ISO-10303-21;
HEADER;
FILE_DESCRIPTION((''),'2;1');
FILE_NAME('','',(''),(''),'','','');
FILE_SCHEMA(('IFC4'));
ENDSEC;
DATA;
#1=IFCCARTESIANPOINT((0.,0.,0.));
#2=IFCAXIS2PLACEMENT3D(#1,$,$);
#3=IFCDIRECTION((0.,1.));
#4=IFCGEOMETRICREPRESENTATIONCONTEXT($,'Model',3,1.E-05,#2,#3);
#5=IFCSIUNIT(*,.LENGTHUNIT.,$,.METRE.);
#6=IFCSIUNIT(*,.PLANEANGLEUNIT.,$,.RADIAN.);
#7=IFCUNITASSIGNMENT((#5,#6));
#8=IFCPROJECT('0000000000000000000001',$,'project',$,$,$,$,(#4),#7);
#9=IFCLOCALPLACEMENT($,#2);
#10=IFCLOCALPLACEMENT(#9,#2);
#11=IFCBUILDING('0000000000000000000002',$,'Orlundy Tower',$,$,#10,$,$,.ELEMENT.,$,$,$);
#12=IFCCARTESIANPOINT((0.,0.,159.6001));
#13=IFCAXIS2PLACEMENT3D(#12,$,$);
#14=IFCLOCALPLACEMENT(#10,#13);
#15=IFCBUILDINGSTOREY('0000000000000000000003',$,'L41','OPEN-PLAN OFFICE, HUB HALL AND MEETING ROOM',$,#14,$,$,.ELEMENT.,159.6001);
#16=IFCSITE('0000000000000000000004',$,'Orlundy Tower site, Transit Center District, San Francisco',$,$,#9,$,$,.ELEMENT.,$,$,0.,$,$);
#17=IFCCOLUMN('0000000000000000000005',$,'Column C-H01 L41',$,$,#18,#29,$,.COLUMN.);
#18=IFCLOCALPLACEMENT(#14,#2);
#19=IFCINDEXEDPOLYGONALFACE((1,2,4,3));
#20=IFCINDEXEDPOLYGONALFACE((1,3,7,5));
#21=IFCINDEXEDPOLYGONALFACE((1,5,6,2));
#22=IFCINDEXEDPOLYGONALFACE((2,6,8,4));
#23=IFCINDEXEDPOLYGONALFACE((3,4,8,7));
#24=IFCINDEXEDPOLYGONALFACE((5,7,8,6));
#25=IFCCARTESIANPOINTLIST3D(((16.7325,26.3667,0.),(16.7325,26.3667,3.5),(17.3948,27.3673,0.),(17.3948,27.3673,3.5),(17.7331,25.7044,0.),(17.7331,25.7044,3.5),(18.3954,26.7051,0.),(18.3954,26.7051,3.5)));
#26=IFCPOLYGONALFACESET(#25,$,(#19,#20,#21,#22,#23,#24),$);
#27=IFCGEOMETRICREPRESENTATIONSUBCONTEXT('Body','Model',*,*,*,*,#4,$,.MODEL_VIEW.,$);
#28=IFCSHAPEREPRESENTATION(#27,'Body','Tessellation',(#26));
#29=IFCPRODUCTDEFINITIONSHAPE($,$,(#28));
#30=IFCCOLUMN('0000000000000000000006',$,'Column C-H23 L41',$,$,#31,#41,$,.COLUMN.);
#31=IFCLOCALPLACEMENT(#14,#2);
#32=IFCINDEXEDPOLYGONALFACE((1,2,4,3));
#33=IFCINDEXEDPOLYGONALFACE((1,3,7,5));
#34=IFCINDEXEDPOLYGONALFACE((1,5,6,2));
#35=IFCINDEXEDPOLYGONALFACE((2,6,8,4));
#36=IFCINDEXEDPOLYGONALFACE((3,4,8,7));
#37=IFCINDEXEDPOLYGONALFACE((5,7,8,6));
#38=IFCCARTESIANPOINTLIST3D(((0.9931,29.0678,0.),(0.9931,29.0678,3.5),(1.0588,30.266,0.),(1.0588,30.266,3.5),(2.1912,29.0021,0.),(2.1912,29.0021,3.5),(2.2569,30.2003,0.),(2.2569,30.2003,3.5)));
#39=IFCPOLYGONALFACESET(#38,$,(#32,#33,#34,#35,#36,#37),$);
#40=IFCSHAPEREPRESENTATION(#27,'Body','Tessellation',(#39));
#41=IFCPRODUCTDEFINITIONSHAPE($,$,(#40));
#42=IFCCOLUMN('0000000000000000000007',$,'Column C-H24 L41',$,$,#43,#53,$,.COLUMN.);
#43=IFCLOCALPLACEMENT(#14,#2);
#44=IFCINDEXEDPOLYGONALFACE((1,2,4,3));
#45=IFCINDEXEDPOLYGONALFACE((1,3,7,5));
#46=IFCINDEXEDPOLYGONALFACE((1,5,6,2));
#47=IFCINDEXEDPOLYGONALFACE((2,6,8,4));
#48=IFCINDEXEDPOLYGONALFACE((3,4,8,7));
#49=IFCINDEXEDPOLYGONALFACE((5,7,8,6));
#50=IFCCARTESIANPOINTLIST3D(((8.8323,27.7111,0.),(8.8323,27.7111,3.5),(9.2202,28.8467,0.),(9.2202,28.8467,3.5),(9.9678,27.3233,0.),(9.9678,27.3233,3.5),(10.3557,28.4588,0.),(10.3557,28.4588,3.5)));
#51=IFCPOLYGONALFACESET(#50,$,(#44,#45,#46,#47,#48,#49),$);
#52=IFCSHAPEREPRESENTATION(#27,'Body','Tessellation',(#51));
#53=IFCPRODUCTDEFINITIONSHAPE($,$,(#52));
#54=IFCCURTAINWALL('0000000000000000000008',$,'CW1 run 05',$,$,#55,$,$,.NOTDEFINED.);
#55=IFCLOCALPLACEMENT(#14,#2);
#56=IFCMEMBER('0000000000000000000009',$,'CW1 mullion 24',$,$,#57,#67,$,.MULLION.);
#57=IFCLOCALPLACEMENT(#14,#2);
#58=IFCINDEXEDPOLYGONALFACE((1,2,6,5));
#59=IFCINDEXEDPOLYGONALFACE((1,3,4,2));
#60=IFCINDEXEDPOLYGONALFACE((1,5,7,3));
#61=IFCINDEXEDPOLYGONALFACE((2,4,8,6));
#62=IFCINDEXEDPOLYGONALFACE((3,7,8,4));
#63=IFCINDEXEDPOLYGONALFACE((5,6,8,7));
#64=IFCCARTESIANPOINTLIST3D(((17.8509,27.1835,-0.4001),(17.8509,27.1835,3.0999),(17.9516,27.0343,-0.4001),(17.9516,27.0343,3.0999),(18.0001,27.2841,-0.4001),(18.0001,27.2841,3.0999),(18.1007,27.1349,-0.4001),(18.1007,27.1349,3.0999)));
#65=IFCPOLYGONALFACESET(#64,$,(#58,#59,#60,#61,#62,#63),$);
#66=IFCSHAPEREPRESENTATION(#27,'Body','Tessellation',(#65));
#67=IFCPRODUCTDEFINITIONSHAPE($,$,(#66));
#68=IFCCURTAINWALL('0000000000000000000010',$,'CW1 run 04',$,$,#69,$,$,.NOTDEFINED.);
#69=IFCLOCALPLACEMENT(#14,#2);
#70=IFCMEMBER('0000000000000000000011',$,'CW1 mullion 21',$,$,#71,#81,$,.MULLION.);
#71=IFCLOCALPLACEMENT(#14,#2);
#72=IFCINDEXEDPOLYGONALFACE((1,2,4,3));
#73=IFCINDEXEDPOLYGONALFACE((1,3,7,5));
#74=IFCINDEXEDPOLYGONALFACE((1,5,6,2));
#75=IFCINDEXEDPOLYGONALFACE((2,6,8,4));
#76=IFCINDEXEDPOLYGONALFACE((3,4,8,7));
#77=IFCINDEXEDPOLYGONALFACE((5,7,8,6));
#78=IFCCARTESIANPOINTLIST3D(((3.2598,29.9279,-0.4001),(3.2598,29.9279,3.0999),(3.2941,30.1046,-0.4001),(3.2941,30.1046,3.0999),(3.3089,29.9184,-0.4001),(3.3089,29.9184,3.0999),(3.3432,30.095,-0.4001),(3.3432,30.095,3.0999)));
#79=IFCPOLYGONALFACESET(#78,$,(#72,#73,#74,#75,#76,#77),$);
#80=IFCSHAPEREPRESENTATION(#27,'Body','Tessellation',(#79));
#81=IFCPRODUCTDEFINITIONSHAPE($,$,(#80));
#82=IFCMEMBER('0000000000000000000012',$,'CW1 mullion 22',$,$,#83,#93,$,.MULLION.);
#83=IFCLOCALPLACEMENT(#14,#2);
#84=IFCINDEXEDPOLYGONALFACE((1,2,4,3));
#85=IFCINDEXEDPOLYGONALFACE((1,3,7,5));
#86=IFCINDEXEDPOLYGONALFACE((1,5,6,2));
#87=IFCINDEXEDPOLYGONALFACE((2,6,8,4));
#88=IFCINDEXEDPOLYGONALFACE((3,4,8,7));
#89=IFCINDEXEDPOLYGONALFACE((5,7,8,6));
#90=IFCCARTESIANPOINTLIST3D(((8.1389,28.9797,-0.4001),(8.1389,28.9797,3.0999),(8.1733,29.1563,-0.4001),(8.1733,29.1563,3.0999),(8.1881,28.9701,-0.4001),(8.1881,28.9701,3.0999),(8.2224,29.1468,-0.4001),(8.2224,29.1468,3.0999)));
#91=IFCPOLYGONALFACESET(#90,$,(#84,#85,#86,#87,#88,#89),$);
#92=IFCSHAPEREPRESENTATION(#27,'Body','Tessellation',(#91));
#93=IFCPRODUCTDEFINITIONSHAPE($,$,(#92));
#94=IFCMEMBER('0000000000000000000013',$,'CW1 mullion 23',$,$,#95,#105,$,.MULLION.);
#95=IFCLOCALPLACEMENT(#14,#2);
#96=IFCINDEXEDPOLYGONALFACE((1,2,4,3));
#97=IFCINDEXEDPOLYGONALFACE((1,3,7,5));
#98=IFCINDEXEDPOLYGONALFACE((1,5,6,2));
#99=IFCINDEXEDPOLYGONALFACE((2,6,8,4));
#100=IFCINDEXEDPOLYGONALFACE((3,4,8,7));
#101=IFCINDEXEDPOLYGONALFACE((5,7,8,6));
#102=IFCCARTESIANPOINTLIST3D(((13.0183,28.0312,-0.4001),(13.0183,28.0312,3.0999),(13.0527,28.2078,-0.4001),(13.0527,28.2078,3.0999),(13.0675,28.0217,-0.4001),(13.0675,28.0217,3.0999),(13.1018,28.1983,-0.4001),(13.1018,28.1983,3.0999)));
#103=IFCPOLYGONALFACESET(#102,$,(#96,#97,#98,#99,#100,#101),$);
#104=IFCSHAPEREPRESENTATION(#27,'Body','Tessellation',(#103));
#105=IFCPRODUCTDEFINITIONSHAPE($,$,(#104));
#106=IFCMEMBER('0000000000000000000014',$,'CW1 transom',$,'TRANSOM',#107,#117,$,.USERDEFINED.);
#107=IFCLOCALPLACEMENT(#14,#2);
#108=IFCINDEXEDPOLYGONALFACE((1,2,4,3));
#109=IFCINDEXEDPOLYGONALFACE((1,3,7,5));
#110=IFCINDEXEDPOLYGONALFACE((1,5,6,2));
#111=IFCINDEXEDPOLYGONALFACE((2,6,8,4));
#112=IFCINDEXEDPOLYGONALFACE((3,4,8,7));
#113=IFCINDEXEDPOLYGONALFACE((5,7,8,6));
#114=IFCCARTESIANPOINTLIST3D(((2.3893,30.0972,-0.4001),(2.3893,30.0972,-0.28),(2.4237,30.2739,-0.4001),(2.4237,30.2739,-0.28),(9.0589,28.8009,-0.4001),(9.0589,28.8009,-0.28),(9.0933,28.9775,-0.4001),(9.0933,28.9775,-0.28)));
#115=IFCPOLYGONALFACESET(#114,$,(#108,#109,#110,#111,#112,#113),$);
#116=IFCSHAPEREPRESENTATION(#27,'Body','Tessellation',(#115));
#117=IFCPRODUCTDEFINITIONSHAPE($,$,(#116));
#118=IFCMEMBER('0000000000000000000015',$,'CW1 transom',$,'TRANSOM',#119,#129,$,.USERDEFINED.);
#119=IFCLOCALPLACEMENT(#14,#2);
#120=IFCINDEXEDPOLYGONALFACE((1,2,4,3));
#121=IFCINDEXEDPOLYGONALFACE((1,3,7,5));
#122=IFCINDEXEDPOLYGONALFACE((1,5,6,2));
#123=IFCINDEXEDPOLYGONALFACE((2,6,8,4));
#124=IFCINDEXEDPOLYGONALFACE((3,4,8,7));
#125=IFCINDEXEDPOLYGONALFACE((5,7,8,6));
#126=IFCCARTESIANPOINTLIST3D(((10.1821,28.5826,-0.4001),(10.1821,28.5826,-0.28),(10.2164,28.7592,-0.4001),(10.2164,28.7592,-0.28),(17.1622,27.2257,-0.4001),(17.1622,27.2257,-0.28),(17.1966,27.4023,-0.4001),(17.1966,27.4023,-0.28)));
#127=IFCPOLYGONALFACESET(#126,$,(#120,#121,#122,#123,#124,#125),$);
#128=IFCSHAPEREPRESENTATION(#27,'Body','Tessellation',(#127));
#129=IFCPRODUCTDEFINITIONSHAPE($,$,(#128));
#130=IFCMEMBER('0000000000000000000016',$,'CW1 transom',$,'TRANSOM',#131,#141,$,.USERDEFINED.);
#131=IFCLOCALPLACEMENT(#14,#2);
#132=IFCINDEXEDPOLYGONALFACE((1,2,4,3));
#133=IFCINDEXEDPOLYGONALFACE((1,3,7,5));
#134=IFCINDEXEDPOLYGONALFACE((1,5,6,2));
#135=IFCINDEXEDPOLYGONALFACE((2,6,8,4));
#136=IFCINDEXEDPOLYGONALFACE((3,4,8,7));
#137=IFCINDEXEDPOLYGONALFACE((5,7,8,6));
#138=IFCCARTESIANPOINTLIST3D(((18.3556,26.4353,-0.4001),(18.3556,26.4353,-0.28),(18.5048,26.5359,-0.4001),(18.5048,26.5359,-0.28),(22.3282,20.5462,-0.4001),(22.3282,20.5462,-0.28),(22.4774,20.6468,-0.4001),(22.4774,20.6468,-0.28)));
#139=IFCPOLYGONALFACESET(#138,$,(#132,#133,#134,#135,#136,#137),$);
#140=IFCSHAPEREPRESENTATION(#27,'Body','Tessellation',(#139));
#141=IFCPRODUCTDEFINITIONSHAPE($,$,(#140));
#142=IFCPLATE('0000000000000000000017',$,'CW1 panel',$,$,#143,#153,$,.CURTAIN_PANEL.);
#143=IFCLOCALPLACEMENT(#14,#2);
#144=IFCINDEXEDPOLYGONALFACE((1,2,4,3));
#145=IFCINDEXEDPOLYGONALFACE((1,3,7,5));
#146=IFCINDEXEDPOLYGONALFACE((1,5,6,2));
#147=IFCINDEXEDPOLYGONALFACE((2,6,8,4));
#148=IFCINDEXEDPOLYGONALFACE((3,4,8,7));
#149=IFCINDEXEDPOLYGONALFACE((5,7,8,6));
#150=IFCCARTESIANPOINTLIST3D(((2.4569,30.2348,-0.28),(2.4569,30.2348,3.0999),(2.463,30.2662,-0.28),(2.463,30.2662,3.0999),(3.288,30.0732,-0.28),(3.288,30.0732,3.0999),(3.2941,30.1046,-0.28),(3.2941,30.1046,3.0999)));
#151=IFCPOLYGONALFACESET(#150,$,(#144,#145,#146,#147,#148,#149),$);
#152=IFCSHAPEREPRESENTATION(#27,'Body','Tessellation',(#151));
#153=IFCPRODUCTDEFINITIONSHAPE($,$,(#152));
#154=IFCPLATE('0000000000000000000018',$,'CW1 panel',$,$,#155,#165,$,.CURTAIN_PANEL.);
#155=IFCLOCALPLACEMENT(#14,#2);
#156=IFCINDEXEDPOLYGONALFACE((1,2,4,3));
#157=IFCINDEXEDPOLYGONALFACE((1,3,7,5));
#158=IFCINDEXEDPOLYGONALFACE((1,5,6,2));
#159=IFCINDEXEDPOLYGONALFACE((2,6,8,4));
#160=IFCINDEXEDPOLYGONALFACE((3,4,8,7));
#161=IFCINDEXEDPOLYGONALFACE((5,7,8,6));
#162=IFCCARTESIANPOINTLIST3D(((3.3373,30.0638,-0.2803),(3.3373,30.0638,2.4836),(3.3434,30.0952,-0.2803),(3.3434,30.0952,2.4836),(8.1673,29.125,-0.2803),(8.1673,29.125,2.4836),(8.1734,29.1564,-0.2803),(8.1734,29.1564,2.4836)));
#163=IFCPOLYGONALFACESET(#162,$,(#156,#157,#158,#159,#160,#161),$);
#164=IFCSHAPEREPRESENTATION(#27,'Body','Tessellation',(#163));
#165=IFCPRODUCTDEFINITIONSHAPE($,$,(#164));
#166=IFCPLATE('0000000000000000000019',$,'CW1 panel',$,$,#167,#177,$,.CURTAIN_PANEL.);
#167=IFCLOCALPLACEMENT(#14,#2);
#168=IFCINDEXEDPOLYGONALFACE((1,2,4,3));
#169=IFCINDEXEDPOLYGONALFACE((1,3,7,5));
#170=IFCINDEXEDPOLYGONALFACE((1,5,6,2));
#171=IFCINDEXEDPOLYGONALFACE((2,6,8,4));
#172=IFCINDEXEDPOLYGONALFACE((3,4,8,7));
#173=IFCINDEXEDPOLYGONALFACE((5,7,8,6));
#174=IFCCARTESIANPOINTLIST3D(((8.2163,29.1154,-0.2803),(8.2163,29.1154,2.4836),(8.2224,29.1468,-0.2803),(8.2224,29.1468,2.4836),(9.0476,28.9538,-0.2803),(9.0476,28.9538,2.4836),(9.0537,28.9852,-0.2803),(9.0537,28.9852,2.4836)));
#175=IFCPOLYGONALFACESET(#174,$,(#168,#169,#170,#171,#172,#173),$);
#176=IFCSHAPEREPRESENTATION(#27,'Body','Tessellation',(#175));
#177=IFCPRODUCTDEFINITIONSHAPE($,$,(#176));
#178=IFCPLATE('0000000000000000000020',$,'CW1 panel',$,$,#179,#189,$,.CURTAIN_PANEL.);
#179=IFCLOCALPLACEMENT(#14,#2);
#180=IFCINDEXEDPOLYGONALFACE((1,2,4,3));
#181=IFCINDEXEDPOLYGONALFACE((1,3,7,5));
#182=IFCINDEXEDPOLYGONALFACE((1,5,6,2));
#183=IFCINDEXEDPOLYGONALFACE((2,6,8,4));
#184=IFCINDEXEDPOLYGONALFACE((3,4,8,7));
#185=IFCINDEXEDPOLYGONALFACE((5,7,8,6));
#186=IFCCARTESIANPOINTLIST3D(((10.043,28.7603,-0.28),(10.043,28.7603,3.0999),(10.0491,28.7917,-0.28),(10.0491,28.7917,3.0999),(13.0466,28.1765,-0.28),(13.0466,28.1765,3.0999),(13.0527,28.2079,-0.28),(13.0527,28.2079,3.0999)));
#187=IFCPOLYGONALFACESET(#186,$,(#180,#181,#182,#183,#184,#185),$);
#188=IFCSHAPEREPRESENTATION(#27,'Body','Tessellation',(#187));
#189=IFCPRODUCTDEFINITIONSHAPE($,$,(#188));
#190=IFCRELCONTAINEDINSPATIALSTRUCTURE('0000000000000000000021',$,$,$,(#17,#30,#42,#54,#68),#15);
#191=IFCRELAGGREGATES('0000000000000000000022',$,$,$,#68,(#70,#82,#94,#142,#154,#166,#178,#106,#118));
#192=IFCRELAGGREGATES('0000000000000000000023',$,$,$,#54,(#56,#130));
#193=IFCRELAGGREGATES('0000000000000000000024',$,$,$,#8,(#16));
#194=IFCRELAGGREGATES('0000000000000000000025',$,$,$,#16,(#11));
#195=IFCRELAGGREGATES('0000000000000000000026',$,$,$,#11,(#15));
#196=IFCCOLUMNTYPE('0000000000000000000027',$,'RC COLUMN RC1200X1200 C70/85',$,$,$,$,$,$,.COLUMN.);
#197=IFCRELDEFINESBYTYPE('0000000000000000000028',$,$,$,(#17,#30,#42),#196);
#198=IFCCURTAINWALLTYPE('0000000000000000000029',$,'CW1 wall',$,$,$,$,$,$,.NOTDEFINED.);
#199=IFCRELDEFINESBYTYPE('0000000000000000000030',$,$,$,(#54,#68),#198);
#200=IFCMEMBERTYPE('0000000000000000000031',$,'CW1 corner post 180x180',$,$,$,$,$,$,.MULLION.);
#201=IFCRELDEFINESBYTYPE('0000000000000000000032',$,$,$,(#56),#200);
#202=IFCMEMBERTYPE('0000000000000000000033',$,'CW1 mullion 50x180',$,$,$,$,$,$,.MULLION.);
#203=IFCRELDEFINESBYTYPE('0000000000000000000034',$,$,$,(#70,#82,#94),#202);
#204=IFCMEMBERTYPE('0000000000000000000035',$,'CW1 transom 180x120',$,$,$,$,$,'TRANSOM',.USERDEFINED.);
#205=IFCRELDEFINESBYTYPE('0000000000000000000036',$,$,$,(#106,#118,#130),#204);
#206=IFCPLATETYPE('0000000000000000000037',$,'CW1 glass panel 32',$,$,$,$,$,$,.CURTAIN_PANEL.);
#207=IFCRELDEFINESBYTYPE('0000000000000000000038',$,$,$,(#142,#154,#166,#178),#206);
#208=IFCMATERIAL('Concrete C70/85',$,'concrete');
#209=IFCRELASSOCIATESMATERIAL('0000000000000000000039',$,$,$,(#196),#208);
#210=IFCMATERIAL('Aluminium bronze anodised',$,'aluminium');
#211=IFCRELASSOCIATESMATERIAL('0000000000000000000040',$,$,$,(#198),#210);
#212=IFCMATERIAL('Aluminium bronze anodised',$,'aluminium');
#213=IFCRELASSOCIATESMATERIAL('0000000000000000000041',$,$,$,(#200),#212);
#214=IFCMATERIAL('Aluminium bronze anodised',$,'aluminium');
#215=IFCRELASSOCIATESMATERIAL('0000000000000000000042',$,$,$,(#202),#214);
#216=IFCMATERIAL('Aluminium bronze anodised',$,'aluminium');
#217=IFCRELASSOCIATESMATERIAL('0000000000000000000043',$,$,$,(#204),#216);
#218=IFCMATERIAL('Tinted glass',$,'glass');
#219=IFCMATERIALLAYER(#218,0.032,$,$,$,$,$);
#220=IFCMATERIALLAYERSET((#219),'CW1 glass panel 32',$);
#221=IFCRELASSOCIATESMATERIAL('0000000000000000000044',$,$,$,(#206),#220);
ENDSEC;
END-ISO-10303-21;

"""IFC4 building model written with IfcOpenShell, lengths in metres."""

from ifc_helpers import new_model, si_unit, direction, frame, origin, origin_2d, place, context, subcontext, project, spatial, rectangle, extrude, material, layer, layer_set, material_profile, profile_set, type_object, element, aggregate, save


model = new_model("IFC4")

# Units and contexts
model_context = context("Model", 3, precision=1e-05, world=origin(), true_north=direction((0.0, 1.0)))
body_context = subcontext(model_context, "Body", "Model", "MODEL_VIEW")
ifc_project = project(units=[si_unit("LENGTHUNIT", "METRE"), si_unit("PLANEANGLEUNIT", "RADIAN")], contexts=[model_context])

# Site, building, storey
site_placement = place(None, origin())
site = spatial("IfcSite", under=ifc_project, at=site_placement, Name="Orlundy Tower site, Transit Center District, San Francisco", CompositionType="ELEMENT", RefElevation=0.0)
building_placement = place(site_placement, origin())
building = spatial("IfcBuilding", under=site, at=building_placement, Name="Orlundy Tower", CompositionType="ELEMENT")
storey_placement = place(building_placement, frame((0.0, 0.0, 159.6001)))
storey = spatial("IfcBuildingStorey", under=building, at=storey_placement, Name="L41", Description="OPEN-PLAN OFFICE, HUB HALL AND MEETING ROOM", CompositionType="ELEMENT", Elevation=159.6001)

# Columns
ifc_material_1 = material(Name="Concrete C70/85", Category="concrete")
ifc_material_profile_1 = material_profile(ifc_material_1, rectangle(XDim=1.2, YDim=1.2, at=origin_2d()), Name="RC1200X1200")
ifc_profile_set_1 = profile_set([ifc_material_profile_1], Name="Concrete C70/85")
column_type = type_object("IfcColumnType", Name="RC COLUMN RC1200X1200 C70/85", PredefinedType="COLUMN", material=ifc_profile_set_1)
for number, where, z_axis, x_axis, name in (
    (1, (17.564, 26.5359, 0.0), (0.0, 0.0, 1.0), (0.551937, 0.833886, 0.0), "Column C-H01 L41"),
    (2, (1.625, 29.634, 0.0), (0.0, 0.0, 1.0), (0.054758, 0.9985, 0.0), "Column C-H23 L41"),
    (3, (9.594, 28.085, 0.0), (0.0, 0.0, 1.0), (0.323257, 0.946311, 0.0), "Column C-H24 L41"),
):
    element("IfcColumn", number, at=place(storey_placement, frame(where, z_axis=z_axis, x_axis=x_axis)), inside=storey, type_object=column_type, Name=name, PredefinedType="COLUMN", context=body_context, shape_type="SweptSolid", body=[
        extrude(rectangle(XDim=1.2, YDim=1.2, at=origin_2d()), origin(), (0.0, 0.0, 1.0), 3.5),
    ])

# Curtain wall, member
ifc_material_2 = material(Name="Aluminium bronze anodised", Category="aluminium")
curtain_wall_type = type_object("IfcCurtainWallType", Name="CW1 wall", PredefinedType="NOTDEFINED", material=ifc_material_2)
curtain_wall_1_placement = place(storey_placement, origin())
curtain_wall_1 = element("IfcCurtainWall", 4, at=curtain_wall_1_placement, inside=storey, type_object=curtain_wall_type, Name="CW1 run 05", PredefinedType="NOTDEFINED")
ifc_material_3 = material(Name="Aluminium bronze anodised", Category="aluminium")
ifc_material_profile_2 = material_profile(ifc_material_3, rectangle(XDim=0.1799, YDim=0.1799, at=origin_2d()), Name="CW1 corner post 180x180")
ifc_profile_set_2 = profile_set([ifc_material_profile_2], Name="Aluminium bronze anodised")
member_type_1 = type_object("IfcMemberType", Name="CW1 corner post 180x180", PredefinedType="MULLION", material=ifc_profile_set_2)
member_1_placement = place(storey_placement, frame((17.9758, 27.1592, -0.4001), z_axis=(0.0, 0.0, 1.0), x_axis=(0.829017, 0.559223, 0.0)))
member_1 = element("IfcMember", 5, at=member_1_placement, type_object=member_type_1, Name="CW1 mullion 24", PredefinedType="MULLION", context=body_context, shape_type="SweptSolid", body=[
    extrude(rectangle(XDim=0.1799, YDim=0.1799, at=origin_2d()), origin(), (0.0, 0.0, 1.0), 3.5),
])

# Curtain wall, members
curtain_wall_2_placement = place(storey_placement, origin())
curtain_wall_2 = element("IfcCurtainWall", 6, at=curtain_wall_2_placement, inside=storey, type_object=curtain_wall_type, Name="CW1 run 04", PredefinedType="NOTDEFINED")
ifc_material_4 = material(Name="Aluminium bronze anodised", Category="aluminium")
ifc_material_profile_3 = material_profile(ifc_material_4, rectangle(XDim=0.1799, YDim=0.05, at=origin_2d()), Name="CW1 mullion 50x180")
ifc_profile_set_3 = profile_set([ifc_material_profile_3], Name="Aluminium bronze anodised")
member_type_2 = type_object("IfcMemberType", Name="CW1 mullion 50x180", PredefinedType="MULLION", material=ifc_profile_set_3)
member_2_placement = place(storey_placement, frame((3.3015, 30.0115, -0.4001), z_axis=(0.0, 0.0, 1.0), x_axis=(0.190805, 0.981628, 0.0)))
member_2 = element("IfcMember", 7, at=member_2_placement, type_object=member_type_2, Name="CW1 mullion 21", PredefinedType="MULLION", context=body_context, shape_type="SweptSolid", body=[
    extrude(rectangle(XDim=0.1799, YDim=0.05, at=origin_2d()), origin(), (0.0, 0.0, 1.0), 3.5),
])
member_3_placement = place(storey_placement, frame((8.1807, 29.0632, -0.4001), z_axis=(0.0, 0.0, 1.0), x_axis=(0.190805, 0.981628, 0.0)))
member_3 = element("IfcMember", 8, at=member_3_placement, type_object=member_type_2, Name="CW1 mullion 22", PredefinedType="MULLION", context=body_context, shape_type="SweptSolid", body=[
    extrude(rectangle(XDim=0.1799, YDim=0.05, at=origin_2d()), origin(), (0.0, 0.0, 1.0), 3.5),
])
member_4_placement = place(storey_placement, frame((13.0601, 28.1147, -0.4001), z_axis=(0.0, 0.0, 1.0), x_axis=(0.190805, 0.981628, 0.0)))
member_4 = element("IfcMember", 9, at=member_4_placement, type_object=member_type_2, Name="CW1 mullion 23", PredefinedType="MULLION", context=body_context, shape_type="SweptSolid", body=[
    extrude(rectangle(XDim=0.1799, YDim=0.05, at=origin_2d()), origin(), (0.0, 0.0, 1.0), 3.5),
])
ifc_material_5 = material(Name="Aluminium bronze anodised", Category="aluminium")
ifc_material_profile_4 = material_profile(ifc_material_5, rectangle(XDim=0.1799, YDim=0.1201, at=origin_2d()), Name="CW1 transom 180x120")
ifc_profile_set_4 = profile_set([ifc_material_profile_4], Name="Aluminium bronze anodised")
member_type_3 = type_object("IfcMemberType", Name="CW1 transom 180x120", ElementType="TRANSOM", PredefinedType="USERDEFINED", material=ifc_profile_set_4)
member_5_placement = place(storey_placement, frame((2.4065, 30.1855, -0.3401), z_axis=(0.981629, -0.190799, 0.0), x_axis=(0.190799, 0.981629, 0.0)))
member_5 = element("IfcMember", 10, at=member_5_placement, type_object=member_type_3, Name="CW1 transom", ObjectType="TRANSOM", PredefinedType="USERDEFINED", context=body_context, shape_type="SweptSolid", body=[
    extrude(rectangle(XDim=0.1799, YDim=0.1201, at=origin_2d()), origin(), (0.0, 0.0, 1.0), 6.7944),
])
member_6_placement = place(storey_placement, frame((10.1992, 28.6709, -0.3401), z_axis=(0.981624, -0.190825, 0.0), x_axis=(0.190825, 0.981624, 0.0)))
member_6 = element("IfcMember", 11, at=member_6_placement, type_object=member_type_3, Name="CW1 transom", ObjectType="TRANSOM", PredefinedType="USERDEFINED", context=body_context, shape_type="SweptSolid", body=[
    extrude(rectangle(XDim=0.1799, YDim=0.1201, at=origin_2d()), origin(), (0.0, 0.0, 1.0), 7.1108),
])

# Member
member_7_placement = place(storey_placement, frame((18.4302, 26.4856, -0.3401), z_axis=(0.559228, -0.829014, 0.0), x_axis=(0.829014, 0.559228, 0.0)))
member_7 = element("IfcMember", 12, at=member_7_placement, type_object=member_type_3, Name="CW1 transom", ObjectType="TRANSOM", PredefinedType="USERDEFINED", context=body_context, shape_type="SweptSolid", body=[
    extrude(rectangle(XDim=0.1799, YDim=0.1201, at=origin_2d()), origin(), (0.0, 0.0, 1.0), 7.1038),
])

# Plates
ifc_material_6 = material(Name="Tinted glass", Category="glass")
ifc_layer_1 = layer(ifc_material_6, 0.032)
ifc_layer_set_1 = layer_set([ifc_layer_1], Name="CW1 glass panel 32")
plate_type = type_object("IfcPlateType", Name="CW1 glass panel 32", PredefinedType="CURTAIN_PANEL", material=ifc_layer_set_1)
plate_1_placement = place(storey_placement, frame((2.8755, 30.1697, -0.28), z_axis=(0.0, 0.0, 1.0), x_axis=(0.981628, -0.190805, 0.0)))
plate_1 = element("IfcPlate", 13, at=plate_1_placement, type_object=plate_type, Name="CW1 panel", PredefinedType="CURTAIN_PANEL", context=body_context, shape_type="SweptSolid", body=[
    extrude(rectangle(XDim=0.8467, YDim=0.032, at=origin_2d()), origin(), (0.0, 0.0, 1.0), 3.3799),
])
plate_2_placement = place(storey_placement, frame((5.7554, 29.6101, -0.2803), z_axis=(0.0, 0.0, 1.0), x_axis=(0.981628, -0.190805, 0.0)))
plate_2 = element("IfcPlate", 14, at=plate_2_placement, type_object=plate_type, Name="CW1 panel", PredefinedType="CURTAIN_PANEL", context=body_context, shape_type="SweptSolid", body=[
    extrude(rectangle(XDim=4.9204, YDim=0.032, at=origin_2d()), origin(), (0.0, 0.0, 1.0), 2.7639),
])
plate_3_placement = place(storey_placement, frame((8.635, 29.0503, -0.2803), z_axis=(0.0, 0.0, 1.0), x_axis=(0.981628, -0.190805, 0.0)))
plate_3 = element("IfcPlate", 15, at=plate_3_placement, type_object=plate_type, Name="CW1 panel", PredefinedType="CURTAIN_PANEL", context=body_context, shape_type="SweptSolid", body=[
    extrude(rectangle(XDim=0.8469, YDim=0.032, at=origin_2d()), origin(), (0.0, 0.0, 1.0), 2.7639),
])
plate_4_placement = place(storey_placement, frame((11.5479, 28.4841, -0.28), z_axis=(0.0, 0.0, 1.0), x_axis=(0.981628, -0.190805, 0.0)))
plate_4 = element("IfcPlate", 16, at=plate_4_placement, type_object=plate_type, Name="CW1 panel", PredefinedType="CURTAIN_PANEL", context=body_context, shape_type="SweptSolid", body=[
    extrude(rectangle(XDim=3.0598, YDim=0.032, at=origin_2d()), origin(), (0.0, 0.0, 1.0), 3.3799),
])
aggregate(curtain_wall_2, [member_2, member_3, member_4, plate_1, plate_2, plate_3, plate_4, member_5, member_6])
aggregate(curtain_wall_1, [member_1, member_7])

save(model, "model.ifc")
